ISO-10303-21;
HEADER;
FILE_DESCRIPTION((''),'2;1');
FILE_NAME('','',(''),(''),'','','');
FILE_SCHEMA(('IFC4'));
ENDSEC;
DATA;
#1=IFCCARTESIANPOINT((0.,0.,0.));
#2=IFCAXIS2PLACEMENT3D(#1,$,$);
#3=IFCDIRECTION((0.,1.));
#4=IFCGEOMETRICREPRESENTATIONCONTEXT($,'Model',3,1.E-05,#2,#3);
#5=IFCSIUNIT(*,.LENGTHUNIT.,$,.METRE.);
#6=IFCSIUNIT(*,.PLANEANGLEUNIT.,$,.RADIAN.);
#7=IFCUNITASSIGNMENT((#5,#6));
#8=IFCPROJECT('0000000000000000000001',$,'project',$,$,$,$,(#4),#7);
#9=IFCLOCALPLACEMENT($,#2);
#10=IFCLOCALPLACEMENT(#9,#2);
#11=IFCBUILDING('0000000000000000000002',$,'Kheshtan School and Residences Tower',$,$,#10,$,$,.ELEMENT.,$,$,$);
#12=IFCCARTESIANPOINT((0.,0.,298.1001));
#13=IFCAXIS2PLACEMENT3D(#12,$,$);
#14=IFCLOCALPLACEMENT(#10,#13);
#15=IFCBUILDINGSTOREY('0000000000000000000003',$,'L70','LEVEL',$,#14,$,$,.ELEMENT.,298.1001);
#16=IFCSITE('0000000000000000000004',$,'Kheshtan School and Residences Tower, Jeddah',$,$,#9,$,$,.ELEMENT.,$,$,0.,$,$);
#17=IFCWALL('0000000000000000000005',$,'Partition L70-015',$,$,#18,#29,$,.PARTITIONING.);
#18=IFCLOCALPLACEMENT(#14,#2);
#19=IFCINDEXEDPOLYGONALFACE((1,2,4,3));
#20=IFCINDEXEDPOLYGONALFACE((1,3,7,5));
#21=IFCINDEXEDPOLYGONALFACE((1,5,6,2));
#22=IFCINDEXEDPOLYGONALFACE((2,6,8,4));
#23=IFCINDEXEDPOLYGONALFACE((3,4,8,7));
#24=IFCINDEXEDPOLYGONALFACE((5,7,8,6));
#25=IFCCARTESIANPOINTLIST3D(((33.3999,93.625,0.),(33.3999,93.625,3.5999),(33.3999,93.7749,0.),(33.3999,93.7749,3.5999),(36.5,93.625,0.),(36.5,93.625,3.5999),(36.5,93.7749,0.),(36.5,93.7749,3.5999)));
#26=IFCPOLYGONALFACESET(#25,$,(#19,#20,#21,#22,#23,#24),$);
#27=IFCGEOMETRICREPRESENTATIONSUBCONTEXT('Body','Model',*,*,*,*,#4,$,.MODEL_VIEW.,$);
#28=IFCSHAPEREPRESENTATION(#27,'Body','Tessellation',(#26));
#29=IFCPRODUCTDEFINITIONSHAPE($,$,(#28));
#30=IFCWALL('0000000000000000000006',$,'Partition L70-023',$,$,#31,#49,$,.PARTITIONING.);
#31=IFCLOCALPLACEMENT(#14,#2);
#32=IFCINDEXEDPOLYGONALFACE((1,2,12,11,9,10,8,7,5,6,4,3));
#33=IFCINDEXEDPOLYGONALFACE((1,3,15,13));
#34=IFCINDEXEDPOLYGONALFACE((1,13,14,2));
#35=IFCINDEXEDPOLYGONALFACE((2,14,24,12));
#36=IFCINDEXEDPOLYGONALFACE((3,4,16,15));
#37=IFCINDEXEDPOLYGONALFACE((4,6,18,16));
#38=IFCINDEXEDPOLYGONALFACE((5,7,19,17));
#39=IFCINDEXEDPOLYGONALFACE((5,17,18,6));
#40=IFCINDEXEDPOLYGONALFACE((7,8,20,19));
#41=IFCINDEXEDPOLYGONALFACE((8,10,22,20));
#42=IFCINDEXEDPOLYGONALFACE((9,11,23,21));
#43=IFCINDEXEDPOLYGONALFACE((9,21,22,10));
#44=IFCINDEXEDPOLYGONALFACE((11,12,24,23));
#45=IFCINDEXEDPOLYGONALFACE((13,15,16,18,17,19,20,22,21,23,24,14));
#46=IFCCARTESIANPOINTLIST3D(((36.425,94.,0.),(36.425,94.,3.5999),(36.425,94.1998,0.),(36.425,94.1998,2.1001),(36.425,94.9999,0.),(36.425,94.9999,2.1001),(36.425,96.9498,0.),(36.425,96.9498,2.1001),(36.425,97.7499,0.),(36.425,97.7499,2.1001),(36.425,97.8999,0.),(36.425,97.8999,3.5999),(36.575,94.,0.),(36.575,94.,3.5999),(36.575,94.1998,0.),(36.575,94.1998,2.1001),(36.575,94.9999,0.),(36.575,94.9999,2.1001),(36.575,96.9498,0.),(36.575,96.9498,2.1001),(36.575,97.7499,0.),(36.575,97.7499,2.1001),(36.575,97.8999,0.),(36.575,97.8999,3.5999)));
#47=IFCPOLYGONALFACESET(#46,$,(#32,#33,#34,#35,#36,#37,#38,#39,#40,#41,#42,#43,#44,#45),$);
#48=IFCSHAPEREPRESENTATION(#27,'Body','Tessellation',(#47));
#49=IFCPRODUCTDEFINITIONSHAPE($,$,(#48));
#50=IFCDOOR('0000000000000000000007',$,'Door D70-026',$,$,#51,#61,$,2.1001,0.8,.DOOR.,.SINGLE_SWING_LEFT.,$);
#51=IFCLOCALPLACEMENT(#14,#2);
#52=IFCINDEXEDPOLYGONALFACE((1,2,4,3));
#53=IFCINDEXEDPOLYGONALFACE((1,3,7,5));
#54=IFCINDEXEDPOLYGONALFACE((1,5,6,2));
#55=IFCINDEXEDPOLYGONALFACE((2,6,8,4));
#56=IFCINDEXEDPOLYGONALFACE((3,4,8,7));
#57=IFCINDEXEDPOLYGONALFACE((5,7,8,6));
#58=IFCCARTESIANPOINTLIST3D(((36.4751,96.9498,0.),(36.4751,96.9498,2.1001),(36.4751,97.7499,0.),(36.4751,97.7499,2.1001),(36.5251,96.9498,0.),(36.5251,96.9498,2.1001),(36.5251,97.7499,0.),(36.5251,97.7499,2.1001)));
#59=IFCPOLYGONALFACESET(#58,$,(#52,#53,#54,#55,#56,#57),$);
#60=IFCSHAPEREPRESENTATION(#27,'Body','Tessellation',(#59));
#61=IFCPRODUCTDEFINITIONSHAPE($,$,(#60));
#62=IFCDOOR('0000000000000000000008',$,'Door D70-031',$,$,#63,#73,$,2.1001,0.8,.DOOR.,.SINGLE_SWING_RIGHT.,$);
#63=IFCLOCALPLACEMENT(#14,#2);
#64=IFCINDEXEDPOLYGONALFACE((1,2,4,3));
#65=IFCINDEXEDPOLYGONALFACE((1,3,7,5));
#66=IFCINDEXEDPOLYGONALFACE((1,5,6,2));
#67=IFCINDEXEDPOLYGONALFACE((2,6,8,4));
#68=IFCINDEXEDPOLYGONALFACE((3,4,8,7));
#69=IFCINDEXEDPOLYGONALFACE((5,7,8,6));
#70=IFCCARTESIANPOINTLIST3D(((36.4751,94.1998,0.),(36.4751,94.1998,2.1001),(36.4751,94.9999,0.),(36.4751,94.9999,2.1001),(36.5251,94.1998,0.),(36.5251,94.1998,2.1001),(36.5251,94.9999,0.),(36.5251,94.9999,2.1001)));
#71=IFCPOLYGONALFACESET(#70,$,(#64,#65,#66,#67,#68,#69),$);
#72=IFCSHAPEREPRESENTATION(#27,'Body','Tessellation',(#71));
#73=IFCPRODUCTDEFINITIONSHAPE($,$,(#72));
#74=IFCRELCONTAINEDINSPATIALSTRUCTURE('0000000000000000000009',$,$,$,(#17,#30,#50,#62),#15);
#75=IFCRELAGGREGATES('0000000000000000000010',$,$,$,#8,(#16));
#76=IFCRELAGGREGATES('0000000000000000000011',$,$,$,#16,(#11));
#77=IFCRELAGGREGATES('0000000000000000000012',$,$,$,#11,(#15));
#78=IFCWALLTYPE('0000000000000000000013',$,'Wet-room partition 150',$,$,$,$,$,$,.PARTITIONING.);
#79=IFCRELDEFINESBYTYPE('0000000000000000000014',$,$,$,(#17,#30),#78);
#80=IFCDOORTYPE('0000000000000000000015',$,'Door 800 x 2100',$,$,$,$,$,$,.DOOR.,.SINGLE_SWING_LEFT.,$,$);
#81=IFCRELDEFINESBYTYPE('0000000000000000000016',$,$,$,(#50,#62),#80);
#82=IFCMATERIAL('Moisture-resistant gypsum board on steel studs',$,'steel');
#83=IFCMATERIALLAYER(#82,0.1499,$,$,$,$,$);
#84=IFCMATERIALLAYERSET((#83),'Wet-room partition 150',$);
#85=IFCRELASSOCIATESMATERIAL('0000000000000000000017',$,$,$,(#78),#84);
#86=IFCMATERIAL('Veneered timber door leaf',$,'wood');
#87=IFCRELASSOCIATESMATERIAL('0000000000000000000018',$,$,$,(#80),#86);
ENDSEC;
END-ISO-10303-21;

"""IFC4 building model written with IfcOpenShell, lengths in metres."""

from ifc_helpers import new_model, si_unit, direction, frame, frame_2d, origin, place, context, subcontext, project, spatial, rectangle, extrude, source, transform, mapped, material, layer, layer_set, type_object, element, fill, save


model = new_model("IFC4")

# Units and contexts
model_context = context("Model", 3, precision=1e-05, world=origin(), true_north=direction((0.0, 1.0)))
body_context = subcontext(model_context, "Body", "Model", "MODEL_VIEW")
ifc_project = project(units=[si_unit("LENGTHUNIT", "METRE"), si_unit("PLANEANGLEUNIT", "RADIAN")], contexts=[model_context])

# Site, building, storey
site_placement = place(None, origin())
site = spatial("IfcSite", under=ifc_project, at=site_placement, Name="Kheshtan School and Residences Tower, Jeddah", CompositionType="ELEMENT", RefElevation=0.0)
building_placement = place(site_placement, origin())
building = spatial("IfcBuilding", under=site, at=building_placement, Name="Kheshtan School and Residences Tower", CompositionType="ELEMENT")
storey_placement = place(building_placement, frame((0.0, 0.0, 298.1001)))
storey = spatial("IfcBuildingStorey", under=building, at=storey_placement, Name="L70", Description="LEVEL", CompositionType="ELEMENT", Elevation=298.1001)

# Shared definitions
ifc_material_1 = material(Name="Veneered timber door leaf", Category="wood")

# Wall
ifc_material_2 = material(Name="Moisture-resistant gypsum board on steel studs", Category="steel")
ifc_layer_1 = layer(ifc_material_2, 0.1499)
ifc_layer_set_1 = layer_set([ifc_layer_1], Name="Wet-room partition 150")
wall_type_1 = type_object("IfcWallType", Name="Wet-room partition 150", PredefinedType="PARTITIONING", material=ifc_layer_set_1)
wall_1_placement = place(storey_placement, frame((33.3999, 93.7, 0.0), z_axis=(0.0, 0.0, 1.0), x_axis=(1.0, 0.0, 0.0)))
element("IfcWall", 1, at=wall_1_placement, inside=storey, type_object=wall_type_1, Name="Partition L70-015", PredefinedType="PARTITIONING", context=body_context, shape_type="SweptSolid", body=[
    extrude(rectangle(XDim=3.1001, YDim=0.1499, at=frame_2d((1.55, 0.0))), origin(), (0.0, 0.0, 1.0), 3.5999),
])

# Wall, openings, doors
wall_2_placement = place(storey_placement, frame((36.5, 94.0, 0.0), z_axis=(0.0, 0.0, 1.0), x_axis=(0.0, 1.0, 0.0)))
wall_2 = element("IfcWall", 2, at=wall_2_placement, inside=storey, type_object=wall_type_1, Name="Partition L70-023", PredefinedType="PARTITIONING", context=body_context, shape_type="SweptSolid", body=[
    extrude(rectangle(XDim=3.8999, YDim=0.1499, at=frame_2d((1.95, 0.0))), origin(), (0.0, 0.0, 1.0), 3.5999),
])
opening_1_placement = place(wall_2_placement, frame((2.95, 0.0, 0.0)))
opening_1 = element("IfcOpeningElement", 3, at=opening_1_placement, cuts=wall_2, PredefinedType="OPENING", context=body_context, shape_type="SweptSolid", body=[
    extrude(rectangle(XDim=0.8, YDim=2.1001, at=frame_2d((0.3999, 1.05))), frame((0.0, 0.085, 0.0), z_axis=(0.0, -1.0, 0.0), x_axis=(1.0, 0.0, 0.0)), (0.0, 0.0, 1.0), 0.1699),
])
opening_2_placement = place(wall_2_placement, frame((0.2, 0.0, 0.0)))
opening_2 = element("IfcOpeningElement", 4, at=opening_2_placement, cuts=wall_2, PredefinedType="OPENING", context=body_context, shape_type="SweptSolid", body=[
    extrude(rectangle(XDim=0.8, YDim=2.1001, at=frame_2d((0.3999, 1.05))), frame((0.0, 0.085, 0.0), z_axis=(0.0, -1.0, 0.0), x_axis=(1.0, 0.0, 0.0)), (0.0, 0.0, 1.0), 0.1699),
])
door_type_1 = type_object("IfcDoorType", Name="Door 800 x 2100", OperationType="SINGLE_SWING_LEFT", PredefinedType="DOOR", material=ifc_material_1)
shared_shape_1 = source(origin(), body_context, "Body", "SweptSolid", [
    extrude(rectangle(XDim=0.8, YDim=2.1001, at=frame_2d((0.3999, 1.05))), frame((0.0, 0.0249, 0.0), z_axis=(0.0, -1.0, 0.0), x_axis=(1.0, 0.0, 0.0)), (0.0, 0.0, 1.0), 0.05),
])
door_1_placement = place(opening_1_placement, origin())
door_1 = element("IfcDoor", 5, at=door_1_placement, inside=storey, type_object=door_type_1, Name="Door D70-026", OperationType="SINGLE_SWING_LEFT", OverallHeight=2.1001, OverallWidth=0.8, PredefinedType="DOOR", context=body_context, shape_type="MappedRepresentation", body=[
    mapped(shared_shape_1, transform((0.0, 0.0, 0.0), x_axis=(1.0, 0.0, 0.0), y_axis=(0.0, 1.0, 0.0), z_axis=(0.0, 0.0, 1.0), scale=1.0)),
])
fill(opening_1, door_1)
door_2_placement = place(opening_2_placement, origin())
door_2 = element("IfcDoor", 6, at=door_2_placement, inside=storey, type_object=door_type_1, Name="Door D70-031", OperationType="SINGLE_SWING_RIGHT", OverallHeight=2.1001, OverallWidth=0.8, PredefinedType="DOOR", context=body_context, shape_type="MappedRepresentation", body=[
    mapped(shared_shape_1, transform((0.0, 0.0, 0.0), x_axis=(1.0, 0.0, 0.0), y_axis=(0.0, 1.0, 0.0), z_axis=(0.0, 0.0, 1.0), scale=1.0)),
])
fill(opening_2, door_2)

save(model, "model.ifc")
